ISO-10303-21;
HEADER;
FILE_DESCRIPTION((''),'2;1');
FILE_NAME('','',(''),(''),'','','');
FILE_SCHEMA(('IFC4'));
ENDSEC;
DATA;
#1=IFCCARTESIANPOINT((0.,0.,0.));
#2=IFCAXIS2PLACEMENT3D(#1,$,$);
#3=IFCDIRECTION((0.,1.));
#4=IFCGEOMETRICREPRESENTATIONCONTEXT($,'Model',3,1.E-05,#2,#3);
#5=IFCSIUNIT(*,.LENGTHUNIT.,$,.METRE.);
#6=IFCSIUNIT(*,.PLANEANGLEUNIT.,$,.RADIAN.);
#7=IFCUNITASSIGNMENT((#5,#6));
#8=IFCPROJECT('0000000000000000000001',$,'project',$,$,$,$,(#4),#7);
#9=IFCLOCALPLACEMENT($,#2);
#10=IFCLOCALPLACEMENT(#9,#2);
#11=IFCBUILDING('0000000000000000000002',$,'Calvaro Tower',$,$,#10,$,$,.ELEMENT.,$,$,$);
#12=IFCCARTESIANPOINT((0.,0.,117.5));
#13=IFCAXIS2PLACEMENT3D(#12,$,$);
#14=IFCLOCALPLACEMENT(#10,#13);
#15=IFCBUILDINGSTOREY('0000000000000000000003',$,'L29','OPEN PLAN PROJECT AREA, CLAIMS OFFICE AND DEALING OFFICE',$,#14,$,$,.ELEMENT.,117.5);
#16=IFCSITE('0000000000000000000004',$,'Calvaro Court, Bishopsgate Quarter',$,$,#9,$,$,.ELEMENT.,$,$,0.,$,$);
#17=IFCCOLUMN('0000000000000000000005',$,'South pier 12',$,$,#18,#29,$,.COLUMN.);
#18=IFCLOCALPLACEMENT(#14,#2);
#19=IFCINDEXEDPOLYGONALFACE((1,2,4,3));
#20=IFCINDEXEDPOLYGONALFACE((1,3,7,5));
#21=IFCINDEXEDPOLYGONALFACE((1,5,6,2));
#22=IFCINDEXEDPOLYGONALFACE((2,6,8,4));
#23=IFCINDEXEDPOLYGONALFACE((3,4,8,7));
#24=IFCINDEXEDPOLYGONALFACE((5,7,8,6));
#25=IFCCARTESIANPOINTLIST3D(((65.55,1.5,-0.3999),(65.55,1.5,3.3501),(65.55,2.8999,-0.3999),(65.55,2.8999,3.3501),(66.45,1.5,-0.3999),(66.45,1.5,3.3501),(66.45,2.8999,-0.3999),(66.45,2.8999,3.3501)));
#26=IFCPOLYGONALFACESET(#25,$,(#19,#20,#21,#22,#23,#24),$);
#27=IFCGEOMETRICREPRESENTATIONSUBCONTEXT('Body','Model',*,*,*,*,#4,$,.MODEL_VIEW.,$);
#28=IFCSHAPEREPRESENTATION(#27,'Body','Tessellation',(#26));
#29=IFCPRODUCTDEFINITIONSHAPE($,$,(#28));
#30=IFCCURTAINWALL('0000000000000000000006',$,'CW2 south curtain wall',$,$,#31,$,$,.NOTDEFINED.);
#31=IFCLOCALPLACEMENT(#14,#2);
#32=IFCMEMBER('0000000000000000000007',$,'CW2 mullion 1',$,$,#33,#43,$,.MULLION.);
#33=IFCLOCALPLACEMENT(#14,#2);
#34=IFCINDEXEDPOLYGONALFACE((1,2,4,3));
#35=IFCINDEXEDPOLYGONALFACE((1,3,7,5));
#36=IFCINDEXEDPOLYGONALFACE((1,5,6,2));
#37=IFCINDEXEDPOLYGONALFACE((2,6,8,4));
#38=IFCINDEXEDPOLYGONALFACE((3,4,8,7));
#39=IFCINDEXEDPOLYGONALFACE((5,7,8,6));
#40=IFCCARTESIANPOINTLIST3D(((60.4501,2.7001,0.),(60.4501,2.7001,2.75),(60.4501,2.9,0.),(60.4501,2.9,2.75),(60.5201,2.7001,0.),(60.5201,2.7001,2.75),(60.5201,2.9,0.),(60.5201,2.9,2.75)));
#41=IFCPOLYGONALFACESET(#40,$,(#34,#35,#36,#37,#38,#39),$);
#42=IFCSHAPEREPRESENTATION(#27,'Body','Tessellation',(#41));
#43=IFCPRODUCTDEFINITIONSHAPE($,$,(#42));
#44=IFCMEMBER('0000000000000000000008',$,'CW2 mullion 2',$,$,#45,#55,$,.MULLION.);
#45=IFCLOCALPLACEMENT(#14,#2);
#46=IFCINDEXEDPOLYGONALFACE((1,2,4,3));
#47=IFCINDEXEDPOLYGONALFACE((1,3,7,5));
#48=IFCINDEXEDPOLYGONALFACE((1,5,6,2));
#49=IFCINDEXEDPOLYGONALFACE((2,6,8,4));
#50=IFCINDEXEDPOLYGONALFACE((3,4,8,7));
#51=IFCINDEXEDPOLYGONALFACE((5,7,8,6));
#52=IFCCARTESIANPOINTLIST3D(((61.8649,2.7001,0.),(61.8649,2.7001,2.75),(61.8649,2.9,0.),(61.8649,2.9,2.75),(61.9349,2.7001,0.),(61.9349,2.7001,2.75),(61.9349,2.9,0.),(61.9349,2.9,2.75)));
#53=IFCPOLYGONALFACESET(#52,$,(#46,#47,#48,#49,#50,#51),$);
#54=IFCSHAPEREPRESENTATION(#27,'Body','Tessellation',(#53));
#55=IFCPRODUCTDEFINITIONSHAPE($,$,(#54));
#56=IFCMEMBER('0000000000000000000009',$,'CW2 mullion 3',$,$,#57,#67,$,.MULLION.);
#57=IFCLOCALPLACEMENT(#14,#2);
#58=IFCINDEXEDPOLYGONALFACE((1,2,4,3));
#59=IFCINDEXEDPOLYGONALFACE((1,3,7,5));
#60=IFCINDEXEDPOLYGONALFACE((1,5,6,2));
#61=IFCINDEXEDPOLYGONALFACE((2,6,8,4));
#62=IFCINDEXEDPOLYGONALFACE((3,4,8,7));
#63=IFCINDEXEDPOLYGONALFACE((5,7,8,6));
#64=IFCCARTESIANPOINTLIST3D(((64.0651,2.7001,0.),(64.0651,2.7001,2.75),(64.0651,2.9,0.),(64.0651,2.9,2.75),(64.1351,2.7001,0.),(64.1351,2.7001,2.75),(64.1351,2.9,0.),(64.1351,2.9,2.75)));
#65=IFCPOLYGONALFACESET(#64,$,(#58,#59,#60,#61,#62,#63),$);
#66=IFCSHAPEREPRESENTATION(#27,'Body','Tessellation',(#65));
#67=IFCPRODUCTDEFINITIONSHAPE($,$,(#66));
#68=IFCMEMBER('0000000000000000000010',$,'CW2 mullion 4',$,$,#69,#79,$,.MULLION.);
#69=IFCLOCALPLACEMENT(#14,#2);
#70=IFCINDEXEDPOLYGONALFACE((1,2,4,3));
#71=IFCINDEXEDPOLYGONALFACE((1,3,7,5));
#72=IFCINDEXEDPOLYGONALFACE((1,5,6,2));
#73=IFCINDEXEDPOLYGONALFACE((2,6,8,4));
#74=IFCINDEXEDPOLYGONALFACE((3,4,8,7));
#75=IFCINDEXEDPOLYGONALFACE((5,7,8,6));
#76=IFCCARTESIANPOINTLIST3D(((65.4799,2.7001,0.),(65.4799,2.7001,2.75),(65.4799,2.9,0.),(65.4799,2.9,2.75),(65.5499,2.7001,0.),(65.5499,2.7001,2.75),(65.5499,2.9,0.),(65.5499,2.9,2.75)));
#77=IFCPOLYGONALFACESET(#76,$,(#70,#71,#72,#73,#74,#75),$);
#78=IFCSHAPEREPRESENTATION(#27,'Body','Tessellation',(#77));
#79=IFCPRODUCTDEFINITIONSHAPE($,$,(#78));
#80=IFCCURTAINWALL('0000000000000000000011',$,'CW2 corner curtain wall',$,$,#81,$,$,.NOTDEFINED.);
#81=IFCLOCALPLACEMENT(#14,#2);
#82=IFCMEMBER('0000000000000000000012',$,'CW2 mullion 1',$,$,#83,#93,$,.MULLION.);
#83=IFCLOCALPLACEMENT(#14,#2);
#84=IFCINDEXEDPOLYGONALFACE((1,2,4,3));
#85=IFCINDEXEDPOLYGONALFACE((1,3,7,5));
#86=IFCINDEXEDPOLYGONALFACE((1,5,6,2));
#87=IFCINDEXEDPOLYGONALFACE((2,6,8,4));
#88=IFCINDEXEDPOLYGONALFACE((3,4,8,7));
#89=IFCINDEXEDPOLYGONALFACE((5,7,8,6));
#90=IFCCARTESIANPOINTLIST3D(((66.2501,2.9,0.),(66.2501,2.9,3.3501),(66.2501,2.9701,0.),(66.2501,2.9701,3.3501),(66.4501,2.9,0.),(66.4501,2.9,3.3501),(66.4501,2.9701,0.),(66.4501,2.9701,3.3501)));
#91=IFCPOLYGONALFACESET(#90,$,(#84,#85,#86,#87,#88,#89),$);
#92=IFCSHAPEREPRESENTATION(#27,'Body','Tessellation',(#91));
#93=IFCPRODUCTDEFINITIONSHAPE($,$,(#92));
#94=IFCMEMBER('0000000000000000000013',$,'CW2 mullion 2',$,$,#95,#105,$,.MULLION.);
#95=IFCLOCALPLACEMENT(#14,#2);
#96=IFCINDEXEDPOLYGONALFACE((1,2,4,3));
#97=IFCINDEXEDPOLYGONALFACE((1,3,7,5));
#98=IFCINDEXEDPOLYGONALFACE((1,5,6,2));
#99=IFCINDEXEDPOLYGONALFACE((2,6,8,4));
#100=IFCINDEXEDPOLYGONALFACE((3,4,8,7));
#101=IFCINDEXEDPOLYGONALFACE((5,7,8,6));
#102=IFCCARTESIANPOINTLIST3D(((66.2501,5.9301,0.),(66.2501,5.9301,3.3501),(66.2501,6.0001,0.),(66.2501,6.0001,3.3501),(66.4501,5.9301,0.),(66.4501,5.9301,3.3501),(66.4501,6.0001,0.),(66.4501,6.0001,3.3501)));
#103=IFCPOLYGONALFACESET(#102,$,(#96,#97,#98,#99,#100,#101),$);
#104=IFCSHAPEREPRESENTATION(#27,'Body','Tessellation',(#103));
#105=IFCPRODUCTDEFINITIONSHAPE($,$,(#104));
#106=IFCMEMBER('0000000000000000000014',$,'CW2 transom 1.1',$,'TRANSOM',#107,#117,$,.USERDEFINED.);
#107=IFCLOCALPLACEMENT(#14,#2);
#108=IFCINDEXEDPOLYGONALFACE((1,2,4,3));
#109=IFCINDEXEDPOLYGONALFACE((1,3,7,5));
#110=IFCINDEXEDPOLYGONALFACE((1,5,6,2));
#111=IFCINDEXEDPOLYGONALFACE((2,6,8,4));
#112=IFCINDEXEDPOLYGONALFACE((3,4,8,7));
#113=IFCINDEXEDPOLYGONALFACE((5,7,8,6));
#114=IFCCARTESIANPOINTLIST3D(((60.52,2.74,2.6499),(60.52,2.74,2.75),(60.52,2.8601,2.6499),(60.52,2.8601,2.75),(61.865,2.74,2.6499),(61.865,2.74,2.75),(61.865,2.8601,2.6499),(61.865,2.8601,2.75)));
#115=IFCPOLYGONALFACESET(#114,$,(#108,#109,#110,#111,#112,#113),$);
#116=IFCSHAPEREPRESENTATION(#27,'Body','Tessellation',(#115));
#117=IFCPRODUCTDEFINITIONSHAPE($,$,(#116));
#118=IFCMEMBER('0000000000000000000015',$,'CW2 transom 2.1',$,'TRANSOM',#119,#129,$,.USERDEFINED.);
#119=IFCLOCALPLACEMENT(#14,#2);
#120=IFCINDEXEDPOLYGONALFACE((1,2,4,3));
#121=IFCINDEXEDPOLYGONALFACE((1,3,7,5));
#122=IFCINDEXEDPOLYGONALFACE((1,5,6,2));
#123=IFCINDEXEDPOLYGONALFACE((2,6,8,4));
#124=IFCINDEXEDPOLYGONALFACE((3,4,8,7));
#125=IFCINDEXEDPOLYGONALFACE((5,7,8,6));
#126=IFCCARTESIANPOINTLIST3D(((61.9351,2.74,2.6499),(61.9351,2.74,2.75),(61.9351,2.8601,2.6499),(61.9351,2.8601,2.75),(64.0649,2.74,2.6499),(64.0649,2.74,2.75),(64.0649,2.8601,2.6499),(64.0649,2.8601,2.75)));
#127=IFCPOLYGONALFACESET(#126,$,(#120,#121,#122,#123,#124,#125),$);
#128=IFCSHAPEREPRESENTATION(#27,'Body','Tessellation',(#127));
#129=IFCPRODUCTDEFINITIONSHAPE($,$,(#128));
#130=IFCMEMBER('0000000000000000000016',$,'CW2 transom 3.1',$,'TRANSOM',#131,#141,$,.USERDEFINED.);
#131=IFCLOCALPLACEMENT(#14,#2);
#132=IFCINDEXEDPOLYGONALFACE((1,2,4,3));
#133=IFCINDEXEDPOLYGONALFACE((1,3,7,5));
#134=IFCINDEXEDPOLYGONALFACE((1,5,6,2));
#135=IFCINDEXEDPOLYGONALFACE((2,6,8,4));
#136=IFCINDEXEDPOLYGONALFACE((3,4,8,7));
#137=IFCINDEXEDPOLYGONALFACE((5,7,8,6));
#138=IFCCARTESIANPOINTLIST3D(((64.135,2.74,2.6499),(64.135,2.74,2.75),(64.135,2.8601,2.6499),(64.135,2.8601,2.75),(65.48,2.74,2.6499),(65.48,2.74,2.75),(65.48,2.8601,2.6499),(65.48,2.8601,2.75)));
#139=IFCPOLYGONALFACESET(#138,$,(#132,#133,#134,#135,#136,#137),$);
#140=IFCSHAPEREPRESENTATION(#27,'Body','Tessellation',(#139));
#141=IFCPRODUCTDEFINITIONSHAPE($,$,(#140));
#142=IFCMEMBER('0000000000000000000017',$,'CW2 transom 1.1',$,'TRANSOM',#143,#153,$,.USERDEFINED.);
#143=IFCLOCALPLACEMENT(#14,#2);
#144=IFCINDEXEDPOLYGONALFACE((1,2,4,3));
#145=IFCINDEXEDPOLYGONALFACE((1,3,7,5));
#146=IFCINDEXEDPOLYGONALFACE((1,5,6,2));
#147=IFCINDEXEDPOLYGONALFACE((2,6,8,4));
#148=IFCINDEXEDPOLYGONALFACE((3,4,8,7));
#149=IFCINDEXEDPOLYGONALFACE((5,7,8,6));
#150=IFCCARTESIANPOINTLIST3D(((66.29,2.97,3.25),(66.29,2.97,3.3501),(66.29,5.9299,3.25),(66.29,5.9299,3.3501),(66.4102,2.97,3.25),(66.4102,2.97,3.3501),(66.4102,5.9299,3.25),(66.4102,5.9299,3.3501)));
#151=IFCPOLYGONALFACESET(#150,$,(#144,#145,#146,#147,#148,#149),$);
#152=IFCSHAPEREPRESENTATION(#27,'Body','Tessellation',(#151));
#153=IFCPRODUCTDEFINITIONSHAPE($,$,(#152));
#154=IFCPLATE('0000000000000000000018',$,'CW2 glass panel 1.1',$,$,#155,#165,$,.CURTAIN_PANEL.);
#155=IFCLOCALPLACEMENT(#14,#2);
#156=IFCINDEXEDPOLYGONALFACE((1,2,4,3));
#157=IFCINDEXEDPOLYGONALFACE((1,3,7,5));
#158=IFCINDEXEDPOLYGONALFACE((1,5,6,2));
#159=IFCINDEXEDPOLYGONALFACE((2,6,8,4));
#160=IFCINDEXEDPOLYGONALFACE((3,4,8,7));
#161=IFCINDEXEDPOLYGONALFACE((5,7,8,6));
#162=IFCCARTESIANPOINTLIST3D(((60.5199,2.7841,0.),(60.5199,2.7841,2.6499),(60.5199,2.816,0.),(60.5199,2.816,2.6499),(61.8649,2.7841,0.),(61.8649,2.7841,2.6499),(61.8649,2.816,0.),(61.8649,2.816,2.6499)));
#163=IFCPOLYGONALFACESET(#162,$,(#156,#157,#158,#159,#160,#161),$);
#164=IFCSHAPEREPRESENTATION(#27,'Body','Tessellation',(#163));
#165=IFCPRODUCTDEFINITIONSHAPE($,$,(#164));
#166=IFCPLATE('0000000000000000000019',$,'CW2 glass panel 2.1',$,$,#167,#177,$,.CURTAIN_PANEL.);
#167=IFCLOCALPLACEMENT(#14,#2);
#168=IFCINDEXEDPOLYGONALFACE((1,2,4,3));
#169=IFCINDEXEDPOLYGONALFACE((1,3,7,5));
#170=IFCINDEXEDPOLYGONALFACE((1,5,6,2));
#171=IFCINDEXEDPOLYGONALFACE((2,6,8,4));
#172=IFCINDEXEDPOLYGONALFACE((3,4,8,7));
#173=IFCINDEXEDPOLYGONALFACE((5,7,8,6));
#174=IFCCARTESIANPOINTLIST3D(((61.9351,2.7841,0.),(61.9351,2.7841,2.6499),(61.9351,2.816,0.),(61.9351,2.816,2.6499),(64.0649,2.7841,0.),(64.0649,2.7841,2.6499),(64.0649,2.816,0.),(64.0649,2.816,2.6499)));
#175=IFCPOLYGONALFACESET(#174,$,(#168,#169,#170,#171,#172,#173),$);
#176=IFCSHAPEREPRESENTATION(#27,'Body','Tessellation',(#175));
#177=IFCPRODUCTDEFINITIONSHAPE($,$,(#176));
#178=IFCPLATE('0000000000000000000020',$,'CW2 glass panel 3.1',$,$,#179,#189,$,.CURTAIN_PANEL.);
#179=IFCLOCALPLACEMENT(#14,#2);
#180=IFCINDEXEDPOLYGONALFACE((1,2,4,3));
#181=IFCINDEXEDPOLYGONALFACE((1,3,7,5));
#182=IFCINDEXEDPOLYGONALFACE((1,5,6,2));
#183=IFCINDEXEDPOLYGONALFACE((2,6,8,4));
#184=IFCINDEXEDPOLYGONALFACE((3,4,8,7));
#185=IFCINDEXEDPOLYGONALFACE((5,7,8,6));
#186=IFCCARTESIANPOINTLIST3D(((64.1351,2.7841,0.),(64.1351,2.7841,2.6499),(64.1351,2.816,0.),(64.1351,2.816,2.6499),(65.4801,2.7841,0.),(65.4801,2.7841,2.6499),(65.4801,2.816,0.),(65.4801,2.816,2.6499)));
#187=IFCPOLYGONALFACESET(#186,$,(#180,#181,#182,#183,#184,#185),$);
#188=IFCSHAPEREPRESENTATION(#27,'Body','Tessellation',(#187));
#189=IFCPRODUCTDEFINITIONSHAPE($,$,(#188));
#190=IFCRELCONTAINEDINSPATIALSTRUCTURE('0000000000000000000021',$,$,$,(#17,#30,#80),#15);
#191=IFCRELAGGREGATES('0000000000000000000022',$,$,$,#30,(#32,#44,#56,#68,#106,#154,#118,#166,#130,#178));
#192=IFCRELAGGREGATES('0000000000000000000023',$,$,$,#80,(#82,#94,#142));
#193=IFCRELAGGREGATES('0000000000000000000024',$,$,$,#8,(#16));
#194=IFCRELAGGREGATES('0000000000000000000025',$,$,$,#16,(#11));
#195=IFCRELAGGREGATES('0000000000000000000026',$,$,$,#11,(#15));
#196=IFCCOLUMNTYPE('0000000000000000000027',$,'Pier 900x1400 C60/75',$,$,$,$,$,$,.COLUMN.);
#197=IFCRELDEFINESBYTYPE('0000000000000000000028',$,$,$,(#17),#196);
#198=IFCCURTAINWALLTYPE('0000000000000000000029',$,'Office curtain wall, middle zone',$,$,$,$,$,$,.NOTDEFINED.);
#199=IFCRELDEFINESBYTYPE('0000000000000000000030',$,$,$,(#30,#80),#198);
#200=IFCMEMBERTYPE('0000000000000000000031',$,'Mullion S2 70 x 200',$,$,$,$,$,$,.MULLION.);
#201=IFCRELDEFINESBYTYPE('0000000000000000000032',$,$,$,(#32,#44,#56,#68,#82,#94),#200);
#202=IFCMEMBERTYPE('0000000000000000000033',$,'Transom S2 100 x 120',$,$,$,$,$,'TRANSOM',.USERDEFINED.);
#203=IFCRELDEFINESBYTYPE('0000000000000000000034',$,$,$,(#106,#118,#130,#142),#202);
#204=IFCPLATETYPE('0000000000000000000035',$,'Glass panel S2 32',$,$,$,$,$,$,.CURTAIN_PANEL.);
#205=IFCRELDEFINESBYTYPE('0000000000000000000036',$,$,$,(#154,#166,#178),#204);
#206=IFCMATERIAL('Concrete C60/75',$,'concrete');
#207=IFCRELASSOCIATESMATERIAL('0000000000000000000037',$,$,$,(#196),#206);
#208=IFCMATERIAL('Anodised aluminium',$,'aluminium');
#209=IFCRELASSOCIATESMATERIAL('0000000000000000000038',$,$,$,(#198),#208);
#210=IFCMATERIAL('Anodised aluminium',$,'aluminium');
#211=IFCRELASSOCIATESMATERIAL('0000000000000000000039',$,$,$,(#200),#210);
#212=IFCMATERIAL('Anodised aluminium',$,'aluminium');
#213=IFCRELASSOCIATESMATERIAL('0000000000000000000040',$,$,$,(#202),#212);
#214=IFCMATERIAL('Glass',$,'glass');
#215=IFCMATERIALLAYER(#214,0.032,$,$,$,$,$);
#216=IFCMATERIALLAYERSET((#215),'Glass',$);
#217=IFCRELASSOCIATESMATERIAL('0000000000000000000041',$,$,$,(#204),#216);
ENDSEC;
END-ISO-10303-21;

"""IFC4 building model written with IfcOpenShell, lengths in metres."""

from ifc_helpers import new_model, si_unit, direction, frame, origin, origin_2d, place, context, subcontext, project, spatial, rectangle, extrude, material, layer, layer_set, material_profile, profile_set, type_object, element, aggregate, save


model = new_model("IFC4")

# Units and contexts
model_context = context("Model", 3, precision=1e-05, world=origin(), true_north=direction((0.0, 1.0)))
body_context = subcontext(model_context, "Body", "Model", "MODEL_VIEW")
ifc_project = project(units=[si_unit("LENGTHUNIT", "METRE"), si_unit("PLANEANGLEUNIT", "RADIAN")], contexts=[model_context])

# Site, building, storey
site_placement = place(None, origin())
site = spatial("IfcSite", under=ifc_project, at=site_placement, Name="Calvaro Court, Bishopsgate Quarter", CompositionType="ELEMENT", RefElevation=0.0)
building_placement = place(site_placement, origin())
building = spatial("IfcBuilding", under=site, at=building_placement, Name="Calvaro Tower", CompositionType="ELEMENT")
storey_placement = place(building_placement, frame((0.0, 0.0, 117.5)))
storey = spatial("IfcBuildingStorey", under=building, at=storey_placement, Name="L29", Description="OPEN PLAN PROJECT AREA, CLAIMS OFFICE AND DEALING OFFICE", CompositionType="ELEMENT", Elevation=117.5)

# Column
ifc_material_1 = material(Name="Concrete C60/75", Category="concrete")
ifc_material_profile_1 = material_profile(ifc_material_1, rectangle(XDim=0.8999, YDim=1.3999, at=origin_2d()), Name="RC 900x1400")
ifc_profile_set_1 = profile_set([ifc_material_profile_1], Name="Concrete C60/75")
column_type = type_object("IfcColumnType", Name="Pier 900x1400 C60/75", PredefinedType="COLUMN", material=ifc_profile_set_1)
column_placement = place(storey_placement, frame((66.0, 2.2, -0.3999), z_axis=(0.0, 0.0, 1.0), x_axis=(1.0, 0.0, 0.0)))
element("IfcColumn", 1, at=column_placement, inside=storey, type_object=column_type, Name="South pier 12", PredefinedType="COLUMN", context=body_context, shape_type="SweptSolid", body=[
    extrude(rectangle(XDim=0.8999, YDim=1.3999, at=origin_2d()), origin(), (0.0, 0.0, 1.0), 3.75),
])

# Curtain walls, members
ifc_material_2 = material(Name="Anodised aluminium", Category="aluminium")
curtain_wall_type = type_object("IfcCurtainWallType", Name="Office curtain wall, middle zone", PredefinedType="NOTDEFINED", material=ifc_material_2)
curtain_wall_1_placement = place(storey_placement, origin())
curtain_wall_1 = element("IfcCurtainWall", 2, at=curtain_wall_1_placement, inside=storey, type_object=curtain_wall_type, Name="CW2 south curtain wall", PredefinedType="NOTDEFINED")
ifc_material_3 = material(Name="Anodised aluminium", Category="aluminium")
ifc_material_profile_2 = material_profile(ifc_material_3, rectangle(XDim=0.2, YDim=0.0701, at=origin_2d()), Name="Mullion S2 70 x 200")
ifc_profile_set_2 = profile_set([ifc_material_profile_2], Name="Anodised aluminium")
member_type_1 = type_object("IfcMemberType", Name="Mullion S2 70 x 200", PredefinedType="MULLION", material=ifc_profile_set_2)
member_1_placement = place(storey_placement, frame((60.4851, 2.8, 0.0), z_axis=(0.0, 0.0, 1.0), x_axis=(0.0, 1.0, 0.0)))
member_1 = element("IfcMember", 3, at=member_1_placement, type_object=member_type_1, Name="CW2 mullion 1", PredefinedType="MULLION", context=body_context, shape_type="SweptSolid", body=[
    extrude(rectangle(XDim=0.2, YDim=0.0701, at=origin_2d()), origin(), (0.0, 0.0, 1.0), 2.75),
])
member_2_placement = place(storey_placement, frame((61.8999, 2.8, 0.0), z_axis=(0.0, 0.0, 1.0), x_axis=(0.0, 1.0, 0.0)))
member_2 = element("IfcMember", 4, at=member_2_placement, type_object=member_type_1, Name="CW2 mullion 2", PredefinedType="MULLION", context=body_context, shape_type="SweptSolid", body=[
    extrude(rectangle(XDim=0.2, YDim=0.0701, at=origin_2d()), origin(), (0.0, 0.0, 1.0), 2.75),
])
member_3_placement = place(storey_placement, frame((64.1001, 2.8, 0.0), z_axis=(0.0, 0.0, 1.0), x_axis=(0.0, 1.0, 0.0)))
member_3 = element("IfcMember", 5, at=member_3_placement, type_object=member_type_1, Name="CW2 mullion 3", PredefinedType="MULLION", context=body_context, shape_type="SweptSolid", body=[
    extrude(rectangle(XDim=0.2, YDim=0.0701, at=origin_2d()), origin(), (0.0, 0.0, 1.0), 2.75),
])
member_4_placement = place(storey_placement, frame((65.5149, 2.8, 0.0), z_axis=(0.0, 0.0, 1.0), x_axis=(0.0, 1.0, 0.0)))
member_4 = element("IfcMember", 6, at=member_4_placement, type_object=member_type_1, Name="CW2 mullion 4", PredefinedType="MULLION", context=body_context, shape_type="SweptSolid", body=[
    extrude(rectangle(XDim=0.2, YDim=0.0701, at=origin_2d()), origin(), (0.0, 0.0, 1.0), 2.75),
])
curtain_wall_2_placement = place(storey_placement, origin())
curtain_wall_2 = element("IfcCurtainWall", 7, at=curtain_wall_2_placement, inside=storey, type_object=curtain_wall_type, Name="CW2 corner curtain wall", PredefinedType="NOTDEFINED")
member_5_placement = place(storey_placement, frame((66.3501, 2.9351, 0.0), z_axis=(0.0, 0.0, 1.0), x_axis=(-1.0, 0.0, 0.0)))
member_5 = element("IfcMember", 8, at=member_5_placement, type_object=member_type_1, Name="CW2 mullion 1", PredefinedType="MULLION", context=body_context, shape_type="SweptSolid", body=[
    extrude(rectangle(XDim=0.2, YDim=0.0701, at=origin_2d()), origin(), (0.0, 0.0, 1.0), 3.3501),
])
member_6_placement = place(storey_placement, frame((66.3501, 5.9651, 0.0), z_axis=(0.0, 0.0, 1.0), x_axis=(-1.0, 0.0, 0.0)))
member_6 = element("IfcMember", 9, at=member_6_placement, type_object=member_type_1, Name="CW2 mullion 2", PredefinedType="MULLION", context=body_context, shape_type="SweptSolid", body=[
    extrude(rectangle(XDim=0.2, YDim=0.0701, at=origin_2d()), origin(), (0.0, 0.0, 1.0), 3.3501),
])

# Members
ifc_material_4 = material(Name="Anodised aluminium", Category="aluminium")
ifc_material_profile_3 = material_profile(ifc_material_4, rectangle(XDim=0.1201, YDim=0.1001, at=origin_2d()), Name="Transom S2 100 x 120")
ifc_profile_set_3 = profile_set([ifc_material_profile_3], Name="Anodised aluminium")
member_type_2 = type_object("IfcMemberType", Name="Transom S2 100 x 120", ElementType="TRANSOM", PredefinedType="USERDEFINED", material=ifc_profile_set_3)
member_7_placement = place(storey_placement, frame((60.52, 2.8, 2.7), z_axis=(1.0, 0.0, 0.0), x_axis=(0.0, 1.0, 0.0)))
member_7 = element("IfcMember", 10, at=member_7_placement, type_object=member_type_2, Name="CW2 transom 1.1", ObjectType="TRANSOM", PredefinedType="USERDEFINED", context=body_context, shape_type="SweptSolid", body=[
    extrude(rectangle(XDim=0.1201, YDim=0.1001, at=origin_2d()), origin(), (0.0, 0.0, 1.0), 1.345),
])
member_8_placement = place(storey_placement, frame((61.9351, 2.8, 2.7), z_axis=(1.0, 0.0, 0.0), x_axis=(0.0, 1.0, 0.0)))
member_8 = element("IfcMember", 11, at=member_8_placement, type_object=member_type_2, Name="CW2 transom 2.1", ObjectType="TRANSOM", PredefinedType="USERDEFINED", context=body_context, shape_type="SweptSolid", body=[
    extrude(rectangle(XDim=0.1201, YDim=0.1001, at=origin_2d()), origin(), (0.0, 0.0, 1.0), 2.1299),
])
member_9_placement = place(storey_placement, frame((64.135, 2.8, 2.7), z_axis=(1.0, 0.0, 0.0), x_axis=(0.0, 1.0, 0.0)))
member_9 = element("IfcMember", 12, at=member_9_placement, type_object=member_type_2, Name="CW2 transom 3.1", ObjectType="TRANSOM", PredefinedType="USERDEFINED", context=body_context, shape_type="SweptSolid", body=[
    extrude(rectangle(XDim=0.1201, YDim=0.1001, at=origin_2d()), origin(), (0.0, 0.0, 1.0), 1.345),
])
member_10_placement = place(storey_placement, frame((66.3501, 2.97, 3.3), z_axis=(0.0, 1.0, 0.0), x_axis=(-1.0, 0.0, 0.0)))
member_10 = element("IfcMember", 13, at=member_10_placement, type_object=member_type_2, Name="CW2 transom 1.1", ObjectType="TRANSOM", PredefinedType="USERDEFINED", context=body_context, shape_type="SweptSolid", body=[
    extrude(rectangle(XDim=0.1201, YDim=0.1001, at=origin_2d()), origin(), (0.0, 0.0, 1.0), 2.96),
])

# Plates
ifc_material_5 = material(Name="Glass", Category="glass")
ifc_layer_1 = layer(ifc_material_5, 0.032)
ifc_layer_set_1 = layer_set([ifc_layer_1], Name="Glass")
plate_type = type_object("IfcPlateType", Name="Glass panel S2 32", PredefinedType="CURTAIN_PANEL", material=ifc_layer_set_1)
plate_1_placement = place(storey_placement, frame((61.1924, 2.8, 0.0), z_axis=(0.0, 0.0, 1.0), x_axis=(1.0, 0.0, 0.0)))
plate_1 = element("IfcPlate", 14, at=plate_1_placement, type_object=plate_type, Name="CW2 glass panel 1.1", PredefinedType="CURTAIN_PANEL", context=body_context, shape_type="SweptSolid", body=[
    extrude(rectangle(XDim=1.345, YDim=0.032, at=origin_2d()), origin(), (0.0, 0.0, 1.0), 2.6499),
])
plate_2_placement = place(storey_placement, frame((63.0, 2.8, 0.0), z_axis=(0.0, 0.0, 1.0), x_axis=(1.0, 0.0, 0.0)))
plate_2 = element("IfcPlate", 15, at=plate_2_placement, type_object=plate_type, Name="CW2 glass panel 2.1", PredefinedType="CURTAIN_PANEL", context=body_context, shape_type="SweptSolid", body=[
    extrude(rectangle(XDim=2.1299, YDim=0.032, at=origin_2d()), origin(), (0.0, 0.0, 1.0), 2.6499),
])
plate_3_placement = place(storey_placement, frame((64.8076, 2.8, 0.0), z_axis=(0.0, 0.0, 1.0), x_axis=(1.0, 0.0, 0.0)))
plate_3 = element("IfcPlate", 16, at=plate_3_placement, type_object=plate_type, Name="CW2 glass panel 3.1", PredefinedType="CURTAIN_PANEL", context=body_context, shape_type="SweptSolid", body=[
    extrude(rectangle(XDim=1.345, YDim=0.032, at=origin_2d()), origin(), (0.0, 0.0, 1.0), 2.6499),
])
aggregate(curtain_wall_1, [member_1, member_2, member_3, member_4, member_7, plate_1, member_8, plate_2, member_9, plate_3])
aggregate(curtain_wall_2, [member_5, member_6, member_10])

save(model, "model.ifc")
